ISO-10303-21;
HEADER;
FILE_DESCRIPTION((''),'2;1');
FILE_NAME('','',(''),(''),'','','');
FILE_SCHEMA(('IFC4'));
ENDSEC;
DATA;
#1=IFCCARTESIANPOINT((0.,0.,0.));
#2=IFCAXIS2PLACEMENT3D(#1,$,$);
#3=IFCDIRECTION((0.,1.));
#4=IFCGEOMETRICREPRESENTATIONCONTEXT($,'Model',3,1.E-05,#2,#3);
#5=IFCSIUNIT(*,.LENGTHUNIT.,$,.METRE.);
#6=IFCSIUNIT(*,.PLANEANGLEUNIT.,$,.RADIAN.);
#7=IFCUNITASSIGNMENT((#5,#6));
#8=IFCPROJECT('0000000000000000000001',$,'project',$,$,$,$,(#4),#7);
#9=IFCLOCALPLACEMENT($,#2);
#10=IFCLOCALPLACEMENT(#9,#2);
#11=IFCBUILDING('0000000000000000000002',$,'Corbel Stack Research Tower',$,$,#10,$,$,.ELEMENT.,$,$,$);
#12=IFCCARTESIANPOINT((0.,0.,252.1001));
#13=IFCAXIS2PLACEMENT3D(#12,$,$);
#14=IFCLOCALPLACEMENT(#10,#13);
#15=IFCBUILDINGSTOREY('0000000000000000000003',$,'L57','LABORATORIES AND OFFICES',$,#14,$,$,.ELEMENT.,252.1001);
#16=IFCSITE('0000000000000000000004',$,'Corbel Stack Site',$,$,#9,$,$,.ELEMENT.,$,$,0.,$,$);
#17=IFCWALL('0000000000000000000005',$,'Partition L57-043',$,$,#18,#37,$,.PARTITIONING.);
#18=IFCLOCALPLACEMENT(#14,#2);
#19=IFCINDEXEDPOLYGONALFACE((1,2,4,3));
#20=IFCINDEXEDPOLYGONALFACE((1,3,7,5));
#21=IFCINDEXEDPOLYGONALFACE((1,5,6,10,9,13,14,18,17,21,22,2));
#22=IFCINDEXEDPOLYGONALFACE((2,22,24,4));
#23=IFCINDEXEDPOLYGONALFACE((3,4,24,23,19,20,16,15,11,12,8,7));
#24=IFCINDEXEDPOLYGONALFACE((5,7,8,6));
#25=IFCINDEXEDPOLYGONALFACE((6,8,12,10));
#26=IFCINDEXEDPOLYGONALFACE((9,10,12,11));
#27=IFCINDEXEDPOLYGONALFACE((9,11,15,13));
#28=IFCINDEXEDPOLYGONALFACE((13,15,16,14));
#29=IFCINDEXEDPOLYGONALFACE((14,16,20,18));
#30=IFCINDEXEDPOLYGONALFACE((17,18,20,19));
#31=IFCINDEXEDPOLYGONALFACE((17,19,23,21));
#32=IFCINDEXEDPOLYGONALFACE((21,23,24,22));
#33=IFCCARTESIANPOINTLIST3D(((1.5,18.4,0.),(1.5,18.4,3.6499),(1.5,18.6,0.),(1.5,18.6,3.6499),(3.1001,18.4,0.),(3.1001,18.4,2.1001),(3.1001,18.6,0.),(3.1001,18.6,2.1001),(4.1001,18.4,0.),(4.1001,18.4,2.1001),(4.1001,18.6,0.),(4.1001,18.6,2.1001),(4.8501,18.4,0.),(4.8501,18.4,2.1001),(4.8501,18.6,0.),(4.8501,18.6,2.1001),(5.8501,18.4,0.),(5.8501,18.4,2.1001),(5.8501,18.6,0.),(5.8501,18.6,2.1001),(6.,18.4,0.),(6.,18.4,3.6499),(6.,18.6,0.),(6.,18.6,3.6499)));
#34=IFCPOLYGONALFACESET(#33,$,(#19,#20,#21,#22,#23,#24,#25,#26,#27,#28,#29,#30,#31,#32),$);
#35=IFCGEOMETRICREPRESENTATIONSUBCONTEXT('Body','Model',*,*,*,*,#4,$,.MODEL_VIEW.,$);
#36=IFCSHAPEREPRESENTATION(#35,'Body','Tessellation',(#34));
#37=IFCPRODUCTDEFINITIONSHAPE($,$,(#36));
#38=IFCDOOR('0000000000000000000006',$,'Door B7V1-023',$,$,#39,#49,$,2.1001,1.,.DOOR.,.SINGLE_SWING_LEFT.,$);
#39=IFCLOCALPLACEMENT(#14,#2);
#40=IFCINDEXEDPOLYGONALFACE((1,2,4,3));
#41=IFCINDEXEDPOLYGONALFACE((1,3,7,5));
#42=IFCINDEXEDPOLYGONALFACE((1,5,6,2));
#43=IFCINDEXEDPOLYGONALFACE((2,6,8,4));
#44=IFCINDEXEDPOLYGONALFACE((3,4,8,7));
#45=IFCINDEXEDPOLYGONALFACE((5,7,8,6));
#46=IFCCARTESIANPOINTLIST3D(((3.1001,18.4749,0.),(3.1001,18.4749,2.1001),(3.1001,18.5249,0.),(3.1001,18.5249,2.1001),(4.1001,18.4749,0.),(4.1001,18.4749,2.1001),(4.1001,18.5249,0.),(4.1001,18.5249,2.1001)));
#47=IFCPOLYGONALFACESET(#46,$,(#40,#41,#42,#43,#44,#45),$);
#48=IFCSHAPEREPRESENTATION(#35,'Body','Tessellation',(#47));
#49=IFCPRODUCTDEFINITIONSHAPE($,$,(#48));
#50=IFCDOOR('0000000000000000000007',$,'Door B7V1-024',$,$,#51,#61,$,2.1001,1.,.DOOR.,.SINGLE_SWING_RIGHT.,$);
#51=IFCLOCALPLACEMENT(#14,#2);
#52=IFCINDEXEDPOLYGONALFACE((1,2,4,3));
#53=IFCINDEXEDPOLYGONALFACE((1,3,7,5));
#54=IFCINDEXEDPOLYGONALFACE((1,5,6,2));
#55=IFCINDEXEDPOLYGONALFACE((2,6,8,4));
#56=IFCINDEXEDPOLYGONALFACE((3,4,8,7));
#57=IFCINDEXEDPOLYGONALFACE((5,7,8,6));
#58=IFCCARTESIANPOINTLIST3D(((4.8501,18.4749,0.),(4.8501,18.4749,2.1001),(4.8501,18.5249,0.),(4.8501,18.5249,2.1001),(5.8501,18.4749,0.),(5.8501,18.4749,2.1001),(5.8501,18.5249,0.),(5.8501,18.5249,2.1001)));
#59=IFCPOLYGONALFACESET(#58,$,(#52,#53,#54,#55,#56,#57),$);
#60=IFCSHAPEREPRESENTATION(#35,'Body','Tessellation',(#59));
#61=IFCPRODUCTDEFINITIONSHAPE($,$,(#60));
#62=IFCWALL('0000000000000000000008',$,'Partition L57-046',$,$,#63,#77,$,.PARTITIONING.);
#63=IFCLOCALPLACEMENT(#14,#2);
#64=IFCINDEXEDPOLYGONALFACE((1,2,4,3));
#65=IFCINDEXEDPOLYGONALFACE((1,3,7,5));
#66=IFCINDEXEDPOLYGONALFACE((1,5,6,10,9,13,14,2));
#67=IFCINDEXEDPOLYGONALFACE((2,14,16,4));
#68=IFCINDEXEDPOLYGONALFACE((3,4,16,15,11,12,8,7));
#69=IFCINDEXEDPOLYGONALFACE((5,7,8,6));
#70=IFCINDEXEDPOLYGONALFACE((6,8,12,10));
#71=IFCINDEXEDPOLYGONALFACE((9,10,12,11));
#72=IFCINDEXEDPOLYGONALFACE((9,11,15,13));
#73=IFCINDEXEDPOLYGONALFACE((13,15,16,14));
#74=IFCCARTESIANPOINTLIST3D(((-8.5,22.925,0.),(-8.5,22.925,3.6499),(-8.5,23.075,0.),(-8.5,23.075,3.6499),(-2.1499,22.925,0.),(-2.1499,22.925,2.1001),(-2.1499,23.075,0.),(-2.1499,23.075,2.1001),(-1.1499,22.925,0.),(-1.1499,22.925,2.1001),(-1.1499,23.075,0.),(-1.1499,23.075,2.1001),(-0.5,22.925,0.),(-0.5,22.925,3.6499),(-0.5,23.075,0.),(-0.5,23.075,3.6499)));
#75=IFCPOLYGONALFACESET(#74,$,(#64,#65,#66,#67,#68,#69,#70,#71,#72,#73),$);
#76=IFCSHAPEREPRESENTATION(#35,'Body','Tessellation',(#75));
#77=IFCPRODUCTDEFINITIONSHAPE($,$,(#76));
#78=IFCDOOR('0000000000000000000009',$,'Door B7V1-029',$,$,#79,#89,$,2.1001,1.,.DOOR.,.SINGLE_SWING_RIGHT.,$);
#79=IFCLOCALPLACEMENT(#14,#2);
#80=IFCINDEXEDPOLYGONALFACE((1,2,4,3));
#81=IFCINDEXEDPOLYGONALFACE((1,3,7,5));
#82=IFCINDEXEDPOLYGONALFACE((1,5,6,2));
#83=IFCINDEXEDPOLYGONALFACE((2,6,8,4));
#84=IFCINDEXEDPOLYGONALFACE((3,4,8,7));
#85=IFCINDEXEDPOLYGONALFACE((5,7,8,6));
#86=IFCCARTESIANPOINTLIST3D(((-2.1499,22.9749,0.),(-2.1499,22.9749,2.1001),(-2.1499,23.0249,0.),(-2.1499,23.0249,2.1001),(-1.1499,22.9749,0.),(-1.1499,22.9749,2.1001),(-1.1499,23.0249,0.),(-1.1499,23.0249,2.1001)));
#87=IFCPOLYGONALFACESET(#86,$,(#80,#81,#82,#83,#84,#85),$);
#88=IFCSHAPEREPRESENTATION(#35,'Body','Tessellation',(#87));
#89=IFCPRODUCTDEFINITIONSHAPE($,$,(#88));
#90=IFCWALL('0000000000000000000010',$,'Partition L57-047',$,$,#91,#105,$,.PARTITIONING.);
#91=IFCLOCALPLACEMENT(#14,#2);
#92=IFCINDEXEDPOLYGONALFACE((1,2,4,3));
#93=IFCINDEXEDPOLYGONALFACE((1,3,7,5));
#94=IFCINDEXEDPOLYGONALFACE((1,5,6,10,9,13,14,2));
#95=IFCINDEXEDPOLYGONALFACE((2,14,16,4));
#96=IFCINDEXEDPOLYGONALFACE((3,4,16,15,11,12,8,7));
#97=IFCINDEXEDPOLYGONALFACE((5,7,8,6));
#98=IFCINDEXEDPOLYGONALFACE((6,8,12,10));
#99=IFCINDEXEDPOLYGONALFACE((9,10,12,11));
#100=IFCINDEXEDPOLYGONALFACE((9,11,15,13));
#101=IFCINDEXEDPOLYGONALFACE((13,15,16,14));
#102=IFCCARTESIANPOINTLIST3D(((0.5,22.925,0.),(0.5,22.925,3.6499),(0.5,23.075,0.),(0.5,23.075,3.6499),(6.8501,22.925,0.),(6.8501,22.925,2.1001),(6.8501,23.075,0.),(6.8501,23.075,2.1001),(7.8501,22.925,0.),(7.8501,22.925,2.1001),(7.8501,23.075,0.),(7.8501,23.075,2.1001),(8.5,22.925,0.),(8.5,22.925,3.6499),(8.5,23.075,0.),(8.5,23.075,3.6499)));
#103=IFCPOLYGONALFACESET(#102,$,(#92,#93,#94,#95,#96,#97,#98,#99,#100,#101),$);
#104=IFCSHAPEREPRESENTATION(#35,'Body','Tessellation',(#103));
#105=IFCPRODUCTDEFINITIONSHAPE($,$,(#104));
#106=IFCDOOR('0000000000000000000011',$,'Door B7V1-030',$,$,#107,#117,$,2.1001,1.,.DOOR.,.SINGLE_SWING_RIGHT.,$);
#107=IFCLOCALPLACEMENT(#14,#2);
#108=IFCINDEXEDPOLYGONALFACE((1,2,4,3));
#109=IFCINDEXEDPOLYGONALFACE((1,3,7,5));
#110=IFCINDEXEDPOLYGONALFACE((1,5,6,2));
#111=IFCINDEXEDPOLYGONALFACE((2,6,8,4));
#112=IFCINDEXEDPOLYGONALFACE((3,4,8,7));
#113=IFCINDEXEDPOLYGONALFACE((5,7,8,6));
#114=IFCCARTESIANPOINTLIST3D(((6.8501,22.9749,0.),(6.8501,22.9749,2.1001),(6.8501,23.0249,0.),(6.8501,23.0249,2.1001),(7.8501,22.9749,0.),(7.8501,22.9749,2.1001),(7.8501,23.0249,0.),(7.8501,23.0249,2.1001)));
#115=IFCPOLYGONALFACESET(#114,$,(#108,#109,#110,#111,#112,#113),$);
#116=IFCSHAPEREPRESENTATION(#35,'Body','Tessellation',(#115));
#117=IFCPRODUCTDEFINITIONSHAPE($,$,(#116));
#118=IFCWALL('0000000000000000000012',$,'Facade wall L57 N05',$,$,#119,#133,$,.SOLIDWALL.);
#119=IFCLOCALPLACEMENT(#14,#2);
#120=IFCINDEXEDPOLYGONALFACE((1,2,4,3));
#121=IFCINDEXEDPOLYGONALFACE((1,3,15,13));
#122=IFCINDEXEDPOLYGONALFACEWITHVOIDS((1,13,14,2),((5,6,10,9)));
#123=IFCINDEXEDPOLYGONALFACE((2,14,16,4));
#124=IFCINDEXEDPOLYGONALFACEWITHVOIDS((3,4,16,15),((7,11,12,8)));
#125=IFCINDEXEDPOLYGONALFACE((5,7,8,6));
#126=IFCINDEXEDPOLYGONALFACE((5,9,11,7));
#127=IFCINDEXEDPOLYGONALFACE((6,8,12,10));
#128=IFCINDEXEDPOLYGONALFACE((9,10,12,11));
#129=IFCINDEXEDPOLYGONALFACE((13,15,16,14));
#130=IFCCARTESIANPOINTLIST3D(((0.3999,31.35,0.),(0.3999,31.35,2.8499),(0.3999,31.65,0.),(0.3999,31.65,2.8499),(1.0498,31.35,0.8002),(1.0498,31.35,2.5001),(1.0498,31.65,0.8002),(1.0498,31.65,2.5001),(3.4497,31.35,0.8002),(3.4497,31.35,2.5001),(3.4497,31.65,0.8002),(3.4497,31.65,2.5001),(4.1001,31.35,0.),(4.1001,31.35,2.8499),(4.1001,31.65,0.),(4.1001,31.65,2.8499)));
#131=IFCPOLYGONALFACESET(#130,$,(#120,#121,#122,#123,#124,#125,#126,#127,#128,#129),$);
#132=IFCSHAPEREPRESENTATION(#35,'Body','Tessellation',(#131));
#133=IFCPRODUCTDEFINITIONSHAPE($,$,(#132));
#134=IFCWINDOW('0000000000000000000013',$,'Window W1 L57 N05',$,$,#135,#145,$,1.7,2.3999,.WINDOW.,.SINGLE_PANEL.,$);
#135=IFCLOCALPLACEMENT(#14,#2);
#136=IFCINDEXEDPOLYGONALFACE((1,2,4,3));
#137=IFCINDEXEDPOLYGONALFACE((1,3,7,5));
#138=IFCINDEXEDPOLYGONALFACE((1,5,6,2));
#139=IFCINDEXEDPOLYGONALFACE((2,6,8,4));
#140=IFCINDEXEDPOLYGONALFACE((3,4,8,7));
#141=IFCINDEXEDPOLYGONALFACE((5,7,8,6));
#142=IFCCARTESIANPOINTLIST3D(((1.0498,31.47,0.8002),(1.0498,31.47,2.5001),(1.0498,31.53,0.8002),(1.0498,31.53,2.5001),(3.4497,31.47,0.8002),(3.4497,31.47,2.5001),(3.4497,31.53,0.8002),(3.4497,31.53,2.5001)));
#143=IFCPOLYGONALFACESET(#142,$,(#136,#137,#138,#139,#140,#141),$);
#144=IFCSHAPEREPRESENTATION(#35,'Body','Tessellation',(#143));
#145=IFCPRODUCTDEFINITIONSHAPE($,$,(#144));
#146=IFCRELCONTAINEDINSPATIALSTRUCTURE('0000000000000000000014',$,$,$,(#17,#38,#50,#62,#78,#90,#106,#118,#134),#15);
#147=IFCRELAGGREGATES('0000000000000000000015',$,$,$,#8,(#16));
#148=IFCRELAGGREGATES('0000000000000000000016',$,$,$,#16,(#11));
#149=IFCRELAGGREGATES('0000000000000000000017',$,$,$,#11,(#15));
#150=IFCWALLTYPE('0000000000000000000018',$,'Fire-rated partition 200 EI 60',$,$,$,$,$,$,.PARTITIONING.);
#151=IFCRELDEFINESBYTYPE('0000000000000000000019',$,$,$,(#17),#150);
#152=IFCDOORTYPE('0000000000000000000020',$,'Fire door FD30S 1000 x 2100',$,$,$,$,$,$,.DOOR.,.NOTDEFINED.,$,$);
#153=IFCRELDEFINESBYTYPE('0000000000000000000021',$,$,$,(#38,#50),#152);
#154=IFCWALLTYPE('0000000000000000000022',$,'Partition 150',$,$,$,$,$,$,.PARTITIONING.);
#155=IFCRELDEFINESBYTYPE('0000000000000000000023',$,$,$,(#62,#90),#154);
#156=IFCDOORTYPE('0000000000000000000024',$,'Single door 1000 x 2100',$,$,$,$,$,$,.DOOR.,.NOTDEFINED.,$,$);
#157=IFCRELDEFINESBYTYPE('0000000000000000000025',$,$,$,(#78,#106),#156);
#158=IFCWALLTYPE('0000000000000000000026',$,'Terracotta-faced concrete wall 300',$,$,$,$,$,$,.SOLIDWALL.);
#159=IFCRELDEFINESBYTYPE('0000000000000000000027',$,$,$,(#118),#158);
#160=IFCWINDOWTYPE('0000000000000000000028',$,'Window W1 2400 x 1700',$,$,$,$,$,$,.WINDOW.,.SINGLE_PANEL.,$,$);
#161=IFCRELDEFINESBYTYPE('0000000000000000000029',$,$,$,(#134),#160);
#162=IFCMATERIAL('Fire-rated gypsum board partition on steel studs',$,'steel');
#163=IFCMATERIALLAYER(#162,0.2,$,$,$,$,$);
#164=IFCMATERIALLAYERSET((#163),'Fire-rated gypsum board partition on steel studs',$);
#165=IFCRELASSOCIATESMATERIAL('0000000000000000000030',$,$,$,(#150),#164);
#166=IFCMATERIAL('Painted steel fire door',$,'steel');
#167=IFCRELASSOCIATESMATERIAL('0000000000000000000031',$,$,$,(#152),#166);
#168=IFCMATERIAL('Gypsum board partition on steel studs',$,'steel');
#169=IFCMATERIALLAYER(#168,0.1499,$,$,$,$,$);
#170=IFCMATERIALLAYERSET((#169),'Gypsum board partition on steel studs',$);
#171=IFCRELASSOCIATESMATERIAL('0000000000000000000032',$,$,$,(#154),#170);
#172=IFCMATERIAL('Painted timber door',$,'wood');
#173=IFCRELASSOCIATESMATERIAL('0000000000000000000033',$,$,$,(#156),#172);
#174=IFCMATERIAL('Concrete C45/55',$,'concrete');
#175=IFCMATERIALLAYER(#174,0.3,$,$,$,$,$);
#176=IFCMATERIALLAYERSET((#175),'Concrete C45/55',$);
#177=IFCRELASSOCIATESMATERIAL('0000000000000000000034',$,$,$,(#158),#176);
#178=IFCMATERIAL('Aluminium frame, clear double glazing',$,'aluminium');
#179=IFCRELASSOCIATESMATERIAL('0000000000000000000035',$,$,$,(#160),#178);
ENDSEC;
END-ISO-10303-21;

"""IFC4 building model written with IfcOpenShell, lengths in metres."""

from ifc_helpers import new_model, si_unit, direction, frame, frame_2d, origin, place, context, subcontext, project, spatial, rectangle, extrude, material, layer, layer_set, type_object, element, fill, save


model = new_model("IFC4")

# Units and contexts
model_context = context("Model", 3, precision=1e-05, world=origin(), true_north=direction((0.0, 1.0)))
body_context = subcontext(model_context, "Body", "Model", "MODEL_VIEW")
ifc_project = project(units=[si_unit("LENGTHUNIT", "METRE"), si_unit("PLANEANGLEUNIT", "RADIAN")], contexts=[model_context])

# Site, building, storey
site_placement = place(None, origin())
site = spatial("IfcSite", under=ifc_project, at=site_placement, Name="Corbel Stack Site", CompositionType="ELEMENT", RefElevation=0.0)
building_placement = place(site_placement, origin())
building = spatial("IfcBuilding", under=site, at=building_placement, Name="Corbel Stack Research Tower", CompositionType="ELEMENT")
storey_placement = place(building_placement, frame((0.0, 0.0, 252.1001)))
storey = spatial("IfcBuildingStorey", under=building, at=storey_placement, Name="L57", Description="LABORATORIES AND OFFICES", CompositionType="ELEMENT", Elevation=252.1001)

# Shared definitions
ifc_material_1 = material(Name="Fire-rated gypsum board partition on steel studs", Category="steel")
ifc_layer_1 = layer(ifc_material_1, 0.2)
ifc_layer_set_1 = layer_set([ifc_layer_1], Name="Fire-rated gypsum board partition on steel studs")
wall_type_1 = type_object("IfcWallType", Name="Fire-rated partition 200 EI 60", PredefinedType="PARTITIONING", material=ifc_layer_set_1)

# Wall, openings, doors
wall_1_placement = place(storey_placement, frame((1.5, 18.5, 0.0), z_axis=(0.0, 0.0, 1.0), x_axis=(1.0, 0.0, 0.0)))
wall_1 = element("IfcWall", 1, at=wall_1_placement, inside=storey, type_object=wall_type_1, Name="Partition L57-043", PredefinedType="PARTITIONING", context=body_context, shape_type="SweptSolid", body=[
    extrude(rectangle(XDim=4.5, YDim=0.2, at=frame_2d((2.25, 0.0))), origin(), (0.0, 0.0, 1.0), 3.6499),
])
opening_1_placement = place(wall_1_placement, frame((1.6001, 0.0, 0.0)))
opening_1 = element("IfcOpeningElement", 2, at=opening_1_placement, cuts=wall_1, PredefinedType="OPENING", context=body_context, shape_type="SweptSolid", body=[
    extrude(rectangle(XDim=1.0, YDim=2.1001, at=frame_2d((0.5, 1.05))), frame((0.0, 0.1099, 0.0), z_axis=(0.0, -1.0, 0.0), x_axis=(1.0, 0.0, 0.0)), (0.0, 0.0, 1.0), 0.22),
])
opening_2_placement = place(wall_1_placement, frame((3.3501, 0.0, 0.0)))
opening_2 = element("IfcOpeningElement", 3, at=opening_2_placement, cuts=wall_1, PredefinedType="OPENING", context=body_context, shape_type="SweptSolid", body=[
    extrude(rectangle(XDim=1.0, YDim=2.1001, at=frame_2d((0.5, 1.05))), frame((0.0, 0.1099, 0.0), z_axis=(0.0, -1.0, 0.0), x_axis=(1.0, 0.0, 0.0)), (0.0, 0.0, 1.0), 0.22),
])
ifc_material_2 = material(Name="Painted steel fire door", Category="steel")
door_type_1 = type_object("IfcDoorType", Name="Fire door FD30S 1000 x 2100", OperationType="NOTDEFINED", PredefinedType="DOOR", material=ifc_material_2)
door_1_placement = place(opening_1_placement, origin())
door_1 = element("IfcDoor", 4, at=door_1_placement, inside=storey, type_object=door_type_1, Name="Door B7V1-023", OperationType="SINGLE_SWING_LEFT", OverallHeight=2.1001, OverallWidth=1.0, PredefinedType="DOOR", context=body_context, shape_type="SweptSolid", body=[
    extrude(rectangle(XDim=1.0, YDim=2.1001, at=frame_2d((0.5, 1.05))), frame((0.0, 0.0249, 0.0), z_axis=(0.0, -1.0, 0.0), x_axis=(1.0, 0.0, 0.0)), (0.0, 0.0, 1.0), 0.05),
])
fill(opening_1, door_1)
door_2_placement = place(opening_2_placement, origin())
door_2 = element("IfcDoor", 5, at=door_2_placement, inside=storey, type_object=door_type_1, Name="Door B7V1-024", OperationType="SINGLE_SWING_RIGHT", OverallHeight=2.1001, OverallWidth=1.0, PredefinedType="DOOR", context=body_context, shape_type="SweptSolid", body=[
    extrude(rectangle(XDim=1.0, YDim=2.1001, at=frame_2d((0.5, 1.05))), frame((0.0, 0.0249, 0.0), z_axis=(0.0, -1.0, 0.0), x_axis=(1.0, 0.0, 0.0)), (0.0, 0.0, 1.0), 0.05),
])
fill(opening_2, door_2)

# Walls, openings, doors
ifc_material_3 = material(Name="Gypsum board partition on steel studs", Category="steel")
ifc_layer_2 = layer(ifc_material_3, 0.1499)
ifc_layer_set_2 = layer_set([ifc_layer_2], Name="Gypsum board partition on steel studs")
wall_type_2 = type_object("IfcWallType", Name="Partition 150", PredefinedType="PARTITIONING", material=ifc_layer_set_2)
wall_2_placement = place(storey_placement, frame((-8.5, 23.0, 0.0), z_axis=(0.0, 0.0, 1.0), x_axis=(1.0, 0.0, 0.0)))
wall_2 = element("IfcWall", 6, at=wall_2_placement, inside=storey, type_object=wall_type_2, Name="Partition L57-046", PredefinedType="PARTITIONING", context=body_context, shape_type="SweptSolid", body=[
    extrude(rectangle(XDim=8.0, YDim=0.1499, at=frame_2d((4.0, 0.0))), origin(), (0.0, 0.0, 1.0), 3.6499),
])
opening_3_placement = place(wall_2_placement, frame((6.3501, 0.0, 0.0)))
opening_3 = element("IfcOpeningElement", 7, at=opening_3_placement, cuts=wall_2, PredefinedType="OPENING", context=body_context, shape_type="SweptSolid", body=[
    extrude(rectangle(XDim=1.0, YDim=2.1001, at=frame_2d((0.5, 1.05))), frame((0.0, 0.085, 0.0), z_axis=(0.0, -1.0, 0.0), x_axis=(1.0, 0.0, 0.0)), (0.0, 0.0, 1.0), 0.1699),
])
ifc_material_4 = material(Name="Painted timber door", Category="wood")
door_type_2 = type_object("IfcDoorType", Name="Single door 1000 x 2100", OperationType="NOTDEFINED", PredefinedType="DOOR", material=ifc_material_4)
door_3_placement = place(opening_3_placement, origin())
door_3 = element("IfcDoor", 8, at=door_3_placement, inside=storey, type_object=door_type_2, Name="Door B7V1-029", OperationType="SINGLE_SWING_RIGHT", OverallHeight=2.1001, OverallWidth=1.0, PredefinedType="DOOR", context=body_context, shape_type="SweptSolid", body=[
    extrude(rectangle(XDim=1.0, YDim=2.1001, at=frame_2d((0.5, 1.05))), frame((0.0, 0.0249, 0.0), z_axis=(0.0, -1.0, 0.0), x_axis=(1.0, 0.0, 0.0)), (0.0, 0.0, 1.0), 0.05),
])
fill(opening_3, door_3)
wall_3_placement = place(storey_placement, frame((0.5, 23.0, 0.0), z_axis=(0.0, 0.0, 1.0), x_axis=(1.0, 0.0, 0.0)))
wall_3 = element("IfcWall", 9, at=wall_3_placement, inside=storey, type_object=wall_type_2, Name="Partition L57-047", PredefinedType="PARTITIONING", context=body_context, shape_type="SweptSolid", body=[
    extrude(rectangle(XDim=8.0, YDim=0.1499, at=frame_2d((4.0, 0.0))), origin(), (0.0, 0.0, 1.0), 3.6499),
])
opening_4_placement = place(wall_3_placement, frame((6.3501, 0.0, 0.0)))
opening_4 = element("IfcOpeningElement", 10, at=opening_4_placement, cuts=wall_3, PredefinedType="OPENING", context=body_context, shape_type="SweptSolid", body=[
    extrude(rectangle(XDim=1.0, YDim=2.1001, at=frame_2d((0.5, 1.05))), frame((0.0, 0.085, 0.0), z_axis=(0.0, -1.0, 0.0), x_axis=(1.0, 0.0, 0.0)), (0.0, 0.0, 1.0), 0.1699),
])
door_4_placement = place(opening_4_placement, origin())
door_4 = element("IfcDoor", 11, at=door_4_placement, inside=storey, type_object=door_type_2, Name="Door B7V1-030", OperationType="SINGLE_SWING_RIGHT", OverallHeight=2.1001, OverallWidth=1.0, PredefinedType="DOOR", context=body_context, shape_type="SweptSolid", body=[
    extrude(rectangle(XDim=1.0, YDim=2.1001, at=frame_2d((0.5, 1.05))), frame((0.0, 0.0249, 0.0), z_axis=(0.0, -1.0, 0.0), x_axis=(1.0, 0.0, 0.0)), (0.0, 0.0, 1.0), 0.05),
])
fill(opening_4, door_4)

# Wall, opening, window
ifc_material_5 = material(Name="Concrete C45/55", Category="concrete")
ifc_layer_3 = layer(ifc_material_5, 0.3)
ifc_layer_set_3 = layer_set([ifc_layer_3], Name="Concrete C45/55")
wall_type_3 = type_object("IfcWallType", Name="Terracotta-faced concrete wall 300", PredefinedType="SOLIDWALL", material=ifc_layer_set_3)
wall_4_placement = place(storey_placement, frame((0.3999, 31.5, 0.0), z_axis=(0.0, 0.0, 1.0), x_axis=(1.0, 0.0, 0.0)))
wall_4 = element("IfcWall", 12, at=wall_4_placement, inside=storey, type_object=wall_type_3, Name="Facade wall L57 N05", PredefinedType="SOLIDWALL", context=body_context, shape_type="SweptSolid", body=[
    extrude(rectangle(XDim=3.7002, YDim=0.3, at=frame_2d((1.8501, 0.0))), origin(), (0.0, 0.0, 1.0), 2.8499),
])
opening_5_placement = place(wall_4_placement, frame((0.6499, 0.0, 0.8)))
opening_5 = element("IfcOpeningElement", 13, at=opening_5_placement, cuts=wall_4, PredefinedType="OPENING", context=body_context, shape_type="SweptSolid", body=[
    extrude(rectangle(XDim=2.3999, YDim=1.7, at=frame_2d((1.2, 0.8501))), frame((0.0, 0.1599, 0.0), z_axis=(0.0, -1.0, 0.0), x_axis=(1.0, 0.0, 0.0)), (0.0, 0.0, 1.0), 0.3201),
])
ifc_material_6 = material(Name="Aluminium frame, clear double glazing", Category="aluminium")
window_type = type_object("IfcWindowType", Name="Window W1 2400 x 1700", PartitioningType="SINGLE_PANEL", PredefinedType="WINDOW", material=ifc_material_6)
window_1_placement = place(opening_5_placement, origin())
window_1 = element("IfcWindow", 14, at=window_1_placement, inside=storey, type_object=window_type, Name="Window W1 L57 N05", OverallHeight=1.7, OverallWidth=2.3999, PartitioningType="SINGLE_PANEL", PredefinedType="WINDOW", context=body_context, shape_type="SweptSolid", body=[
    extrude(rectangle(XDim=2.3999, YDim=1.7, at=frame_2d((1.2, 0.8501))), frame((0.0, 0.03, 0.0), z_axis=(0.0, -1.0, 0.0), x_axis=(1.0, 0.0, 0.0)), (0.0, 0.0, 1.0), 0.0601),
])
fill(opening_5, window_1)

save(model, "model.ifc")
